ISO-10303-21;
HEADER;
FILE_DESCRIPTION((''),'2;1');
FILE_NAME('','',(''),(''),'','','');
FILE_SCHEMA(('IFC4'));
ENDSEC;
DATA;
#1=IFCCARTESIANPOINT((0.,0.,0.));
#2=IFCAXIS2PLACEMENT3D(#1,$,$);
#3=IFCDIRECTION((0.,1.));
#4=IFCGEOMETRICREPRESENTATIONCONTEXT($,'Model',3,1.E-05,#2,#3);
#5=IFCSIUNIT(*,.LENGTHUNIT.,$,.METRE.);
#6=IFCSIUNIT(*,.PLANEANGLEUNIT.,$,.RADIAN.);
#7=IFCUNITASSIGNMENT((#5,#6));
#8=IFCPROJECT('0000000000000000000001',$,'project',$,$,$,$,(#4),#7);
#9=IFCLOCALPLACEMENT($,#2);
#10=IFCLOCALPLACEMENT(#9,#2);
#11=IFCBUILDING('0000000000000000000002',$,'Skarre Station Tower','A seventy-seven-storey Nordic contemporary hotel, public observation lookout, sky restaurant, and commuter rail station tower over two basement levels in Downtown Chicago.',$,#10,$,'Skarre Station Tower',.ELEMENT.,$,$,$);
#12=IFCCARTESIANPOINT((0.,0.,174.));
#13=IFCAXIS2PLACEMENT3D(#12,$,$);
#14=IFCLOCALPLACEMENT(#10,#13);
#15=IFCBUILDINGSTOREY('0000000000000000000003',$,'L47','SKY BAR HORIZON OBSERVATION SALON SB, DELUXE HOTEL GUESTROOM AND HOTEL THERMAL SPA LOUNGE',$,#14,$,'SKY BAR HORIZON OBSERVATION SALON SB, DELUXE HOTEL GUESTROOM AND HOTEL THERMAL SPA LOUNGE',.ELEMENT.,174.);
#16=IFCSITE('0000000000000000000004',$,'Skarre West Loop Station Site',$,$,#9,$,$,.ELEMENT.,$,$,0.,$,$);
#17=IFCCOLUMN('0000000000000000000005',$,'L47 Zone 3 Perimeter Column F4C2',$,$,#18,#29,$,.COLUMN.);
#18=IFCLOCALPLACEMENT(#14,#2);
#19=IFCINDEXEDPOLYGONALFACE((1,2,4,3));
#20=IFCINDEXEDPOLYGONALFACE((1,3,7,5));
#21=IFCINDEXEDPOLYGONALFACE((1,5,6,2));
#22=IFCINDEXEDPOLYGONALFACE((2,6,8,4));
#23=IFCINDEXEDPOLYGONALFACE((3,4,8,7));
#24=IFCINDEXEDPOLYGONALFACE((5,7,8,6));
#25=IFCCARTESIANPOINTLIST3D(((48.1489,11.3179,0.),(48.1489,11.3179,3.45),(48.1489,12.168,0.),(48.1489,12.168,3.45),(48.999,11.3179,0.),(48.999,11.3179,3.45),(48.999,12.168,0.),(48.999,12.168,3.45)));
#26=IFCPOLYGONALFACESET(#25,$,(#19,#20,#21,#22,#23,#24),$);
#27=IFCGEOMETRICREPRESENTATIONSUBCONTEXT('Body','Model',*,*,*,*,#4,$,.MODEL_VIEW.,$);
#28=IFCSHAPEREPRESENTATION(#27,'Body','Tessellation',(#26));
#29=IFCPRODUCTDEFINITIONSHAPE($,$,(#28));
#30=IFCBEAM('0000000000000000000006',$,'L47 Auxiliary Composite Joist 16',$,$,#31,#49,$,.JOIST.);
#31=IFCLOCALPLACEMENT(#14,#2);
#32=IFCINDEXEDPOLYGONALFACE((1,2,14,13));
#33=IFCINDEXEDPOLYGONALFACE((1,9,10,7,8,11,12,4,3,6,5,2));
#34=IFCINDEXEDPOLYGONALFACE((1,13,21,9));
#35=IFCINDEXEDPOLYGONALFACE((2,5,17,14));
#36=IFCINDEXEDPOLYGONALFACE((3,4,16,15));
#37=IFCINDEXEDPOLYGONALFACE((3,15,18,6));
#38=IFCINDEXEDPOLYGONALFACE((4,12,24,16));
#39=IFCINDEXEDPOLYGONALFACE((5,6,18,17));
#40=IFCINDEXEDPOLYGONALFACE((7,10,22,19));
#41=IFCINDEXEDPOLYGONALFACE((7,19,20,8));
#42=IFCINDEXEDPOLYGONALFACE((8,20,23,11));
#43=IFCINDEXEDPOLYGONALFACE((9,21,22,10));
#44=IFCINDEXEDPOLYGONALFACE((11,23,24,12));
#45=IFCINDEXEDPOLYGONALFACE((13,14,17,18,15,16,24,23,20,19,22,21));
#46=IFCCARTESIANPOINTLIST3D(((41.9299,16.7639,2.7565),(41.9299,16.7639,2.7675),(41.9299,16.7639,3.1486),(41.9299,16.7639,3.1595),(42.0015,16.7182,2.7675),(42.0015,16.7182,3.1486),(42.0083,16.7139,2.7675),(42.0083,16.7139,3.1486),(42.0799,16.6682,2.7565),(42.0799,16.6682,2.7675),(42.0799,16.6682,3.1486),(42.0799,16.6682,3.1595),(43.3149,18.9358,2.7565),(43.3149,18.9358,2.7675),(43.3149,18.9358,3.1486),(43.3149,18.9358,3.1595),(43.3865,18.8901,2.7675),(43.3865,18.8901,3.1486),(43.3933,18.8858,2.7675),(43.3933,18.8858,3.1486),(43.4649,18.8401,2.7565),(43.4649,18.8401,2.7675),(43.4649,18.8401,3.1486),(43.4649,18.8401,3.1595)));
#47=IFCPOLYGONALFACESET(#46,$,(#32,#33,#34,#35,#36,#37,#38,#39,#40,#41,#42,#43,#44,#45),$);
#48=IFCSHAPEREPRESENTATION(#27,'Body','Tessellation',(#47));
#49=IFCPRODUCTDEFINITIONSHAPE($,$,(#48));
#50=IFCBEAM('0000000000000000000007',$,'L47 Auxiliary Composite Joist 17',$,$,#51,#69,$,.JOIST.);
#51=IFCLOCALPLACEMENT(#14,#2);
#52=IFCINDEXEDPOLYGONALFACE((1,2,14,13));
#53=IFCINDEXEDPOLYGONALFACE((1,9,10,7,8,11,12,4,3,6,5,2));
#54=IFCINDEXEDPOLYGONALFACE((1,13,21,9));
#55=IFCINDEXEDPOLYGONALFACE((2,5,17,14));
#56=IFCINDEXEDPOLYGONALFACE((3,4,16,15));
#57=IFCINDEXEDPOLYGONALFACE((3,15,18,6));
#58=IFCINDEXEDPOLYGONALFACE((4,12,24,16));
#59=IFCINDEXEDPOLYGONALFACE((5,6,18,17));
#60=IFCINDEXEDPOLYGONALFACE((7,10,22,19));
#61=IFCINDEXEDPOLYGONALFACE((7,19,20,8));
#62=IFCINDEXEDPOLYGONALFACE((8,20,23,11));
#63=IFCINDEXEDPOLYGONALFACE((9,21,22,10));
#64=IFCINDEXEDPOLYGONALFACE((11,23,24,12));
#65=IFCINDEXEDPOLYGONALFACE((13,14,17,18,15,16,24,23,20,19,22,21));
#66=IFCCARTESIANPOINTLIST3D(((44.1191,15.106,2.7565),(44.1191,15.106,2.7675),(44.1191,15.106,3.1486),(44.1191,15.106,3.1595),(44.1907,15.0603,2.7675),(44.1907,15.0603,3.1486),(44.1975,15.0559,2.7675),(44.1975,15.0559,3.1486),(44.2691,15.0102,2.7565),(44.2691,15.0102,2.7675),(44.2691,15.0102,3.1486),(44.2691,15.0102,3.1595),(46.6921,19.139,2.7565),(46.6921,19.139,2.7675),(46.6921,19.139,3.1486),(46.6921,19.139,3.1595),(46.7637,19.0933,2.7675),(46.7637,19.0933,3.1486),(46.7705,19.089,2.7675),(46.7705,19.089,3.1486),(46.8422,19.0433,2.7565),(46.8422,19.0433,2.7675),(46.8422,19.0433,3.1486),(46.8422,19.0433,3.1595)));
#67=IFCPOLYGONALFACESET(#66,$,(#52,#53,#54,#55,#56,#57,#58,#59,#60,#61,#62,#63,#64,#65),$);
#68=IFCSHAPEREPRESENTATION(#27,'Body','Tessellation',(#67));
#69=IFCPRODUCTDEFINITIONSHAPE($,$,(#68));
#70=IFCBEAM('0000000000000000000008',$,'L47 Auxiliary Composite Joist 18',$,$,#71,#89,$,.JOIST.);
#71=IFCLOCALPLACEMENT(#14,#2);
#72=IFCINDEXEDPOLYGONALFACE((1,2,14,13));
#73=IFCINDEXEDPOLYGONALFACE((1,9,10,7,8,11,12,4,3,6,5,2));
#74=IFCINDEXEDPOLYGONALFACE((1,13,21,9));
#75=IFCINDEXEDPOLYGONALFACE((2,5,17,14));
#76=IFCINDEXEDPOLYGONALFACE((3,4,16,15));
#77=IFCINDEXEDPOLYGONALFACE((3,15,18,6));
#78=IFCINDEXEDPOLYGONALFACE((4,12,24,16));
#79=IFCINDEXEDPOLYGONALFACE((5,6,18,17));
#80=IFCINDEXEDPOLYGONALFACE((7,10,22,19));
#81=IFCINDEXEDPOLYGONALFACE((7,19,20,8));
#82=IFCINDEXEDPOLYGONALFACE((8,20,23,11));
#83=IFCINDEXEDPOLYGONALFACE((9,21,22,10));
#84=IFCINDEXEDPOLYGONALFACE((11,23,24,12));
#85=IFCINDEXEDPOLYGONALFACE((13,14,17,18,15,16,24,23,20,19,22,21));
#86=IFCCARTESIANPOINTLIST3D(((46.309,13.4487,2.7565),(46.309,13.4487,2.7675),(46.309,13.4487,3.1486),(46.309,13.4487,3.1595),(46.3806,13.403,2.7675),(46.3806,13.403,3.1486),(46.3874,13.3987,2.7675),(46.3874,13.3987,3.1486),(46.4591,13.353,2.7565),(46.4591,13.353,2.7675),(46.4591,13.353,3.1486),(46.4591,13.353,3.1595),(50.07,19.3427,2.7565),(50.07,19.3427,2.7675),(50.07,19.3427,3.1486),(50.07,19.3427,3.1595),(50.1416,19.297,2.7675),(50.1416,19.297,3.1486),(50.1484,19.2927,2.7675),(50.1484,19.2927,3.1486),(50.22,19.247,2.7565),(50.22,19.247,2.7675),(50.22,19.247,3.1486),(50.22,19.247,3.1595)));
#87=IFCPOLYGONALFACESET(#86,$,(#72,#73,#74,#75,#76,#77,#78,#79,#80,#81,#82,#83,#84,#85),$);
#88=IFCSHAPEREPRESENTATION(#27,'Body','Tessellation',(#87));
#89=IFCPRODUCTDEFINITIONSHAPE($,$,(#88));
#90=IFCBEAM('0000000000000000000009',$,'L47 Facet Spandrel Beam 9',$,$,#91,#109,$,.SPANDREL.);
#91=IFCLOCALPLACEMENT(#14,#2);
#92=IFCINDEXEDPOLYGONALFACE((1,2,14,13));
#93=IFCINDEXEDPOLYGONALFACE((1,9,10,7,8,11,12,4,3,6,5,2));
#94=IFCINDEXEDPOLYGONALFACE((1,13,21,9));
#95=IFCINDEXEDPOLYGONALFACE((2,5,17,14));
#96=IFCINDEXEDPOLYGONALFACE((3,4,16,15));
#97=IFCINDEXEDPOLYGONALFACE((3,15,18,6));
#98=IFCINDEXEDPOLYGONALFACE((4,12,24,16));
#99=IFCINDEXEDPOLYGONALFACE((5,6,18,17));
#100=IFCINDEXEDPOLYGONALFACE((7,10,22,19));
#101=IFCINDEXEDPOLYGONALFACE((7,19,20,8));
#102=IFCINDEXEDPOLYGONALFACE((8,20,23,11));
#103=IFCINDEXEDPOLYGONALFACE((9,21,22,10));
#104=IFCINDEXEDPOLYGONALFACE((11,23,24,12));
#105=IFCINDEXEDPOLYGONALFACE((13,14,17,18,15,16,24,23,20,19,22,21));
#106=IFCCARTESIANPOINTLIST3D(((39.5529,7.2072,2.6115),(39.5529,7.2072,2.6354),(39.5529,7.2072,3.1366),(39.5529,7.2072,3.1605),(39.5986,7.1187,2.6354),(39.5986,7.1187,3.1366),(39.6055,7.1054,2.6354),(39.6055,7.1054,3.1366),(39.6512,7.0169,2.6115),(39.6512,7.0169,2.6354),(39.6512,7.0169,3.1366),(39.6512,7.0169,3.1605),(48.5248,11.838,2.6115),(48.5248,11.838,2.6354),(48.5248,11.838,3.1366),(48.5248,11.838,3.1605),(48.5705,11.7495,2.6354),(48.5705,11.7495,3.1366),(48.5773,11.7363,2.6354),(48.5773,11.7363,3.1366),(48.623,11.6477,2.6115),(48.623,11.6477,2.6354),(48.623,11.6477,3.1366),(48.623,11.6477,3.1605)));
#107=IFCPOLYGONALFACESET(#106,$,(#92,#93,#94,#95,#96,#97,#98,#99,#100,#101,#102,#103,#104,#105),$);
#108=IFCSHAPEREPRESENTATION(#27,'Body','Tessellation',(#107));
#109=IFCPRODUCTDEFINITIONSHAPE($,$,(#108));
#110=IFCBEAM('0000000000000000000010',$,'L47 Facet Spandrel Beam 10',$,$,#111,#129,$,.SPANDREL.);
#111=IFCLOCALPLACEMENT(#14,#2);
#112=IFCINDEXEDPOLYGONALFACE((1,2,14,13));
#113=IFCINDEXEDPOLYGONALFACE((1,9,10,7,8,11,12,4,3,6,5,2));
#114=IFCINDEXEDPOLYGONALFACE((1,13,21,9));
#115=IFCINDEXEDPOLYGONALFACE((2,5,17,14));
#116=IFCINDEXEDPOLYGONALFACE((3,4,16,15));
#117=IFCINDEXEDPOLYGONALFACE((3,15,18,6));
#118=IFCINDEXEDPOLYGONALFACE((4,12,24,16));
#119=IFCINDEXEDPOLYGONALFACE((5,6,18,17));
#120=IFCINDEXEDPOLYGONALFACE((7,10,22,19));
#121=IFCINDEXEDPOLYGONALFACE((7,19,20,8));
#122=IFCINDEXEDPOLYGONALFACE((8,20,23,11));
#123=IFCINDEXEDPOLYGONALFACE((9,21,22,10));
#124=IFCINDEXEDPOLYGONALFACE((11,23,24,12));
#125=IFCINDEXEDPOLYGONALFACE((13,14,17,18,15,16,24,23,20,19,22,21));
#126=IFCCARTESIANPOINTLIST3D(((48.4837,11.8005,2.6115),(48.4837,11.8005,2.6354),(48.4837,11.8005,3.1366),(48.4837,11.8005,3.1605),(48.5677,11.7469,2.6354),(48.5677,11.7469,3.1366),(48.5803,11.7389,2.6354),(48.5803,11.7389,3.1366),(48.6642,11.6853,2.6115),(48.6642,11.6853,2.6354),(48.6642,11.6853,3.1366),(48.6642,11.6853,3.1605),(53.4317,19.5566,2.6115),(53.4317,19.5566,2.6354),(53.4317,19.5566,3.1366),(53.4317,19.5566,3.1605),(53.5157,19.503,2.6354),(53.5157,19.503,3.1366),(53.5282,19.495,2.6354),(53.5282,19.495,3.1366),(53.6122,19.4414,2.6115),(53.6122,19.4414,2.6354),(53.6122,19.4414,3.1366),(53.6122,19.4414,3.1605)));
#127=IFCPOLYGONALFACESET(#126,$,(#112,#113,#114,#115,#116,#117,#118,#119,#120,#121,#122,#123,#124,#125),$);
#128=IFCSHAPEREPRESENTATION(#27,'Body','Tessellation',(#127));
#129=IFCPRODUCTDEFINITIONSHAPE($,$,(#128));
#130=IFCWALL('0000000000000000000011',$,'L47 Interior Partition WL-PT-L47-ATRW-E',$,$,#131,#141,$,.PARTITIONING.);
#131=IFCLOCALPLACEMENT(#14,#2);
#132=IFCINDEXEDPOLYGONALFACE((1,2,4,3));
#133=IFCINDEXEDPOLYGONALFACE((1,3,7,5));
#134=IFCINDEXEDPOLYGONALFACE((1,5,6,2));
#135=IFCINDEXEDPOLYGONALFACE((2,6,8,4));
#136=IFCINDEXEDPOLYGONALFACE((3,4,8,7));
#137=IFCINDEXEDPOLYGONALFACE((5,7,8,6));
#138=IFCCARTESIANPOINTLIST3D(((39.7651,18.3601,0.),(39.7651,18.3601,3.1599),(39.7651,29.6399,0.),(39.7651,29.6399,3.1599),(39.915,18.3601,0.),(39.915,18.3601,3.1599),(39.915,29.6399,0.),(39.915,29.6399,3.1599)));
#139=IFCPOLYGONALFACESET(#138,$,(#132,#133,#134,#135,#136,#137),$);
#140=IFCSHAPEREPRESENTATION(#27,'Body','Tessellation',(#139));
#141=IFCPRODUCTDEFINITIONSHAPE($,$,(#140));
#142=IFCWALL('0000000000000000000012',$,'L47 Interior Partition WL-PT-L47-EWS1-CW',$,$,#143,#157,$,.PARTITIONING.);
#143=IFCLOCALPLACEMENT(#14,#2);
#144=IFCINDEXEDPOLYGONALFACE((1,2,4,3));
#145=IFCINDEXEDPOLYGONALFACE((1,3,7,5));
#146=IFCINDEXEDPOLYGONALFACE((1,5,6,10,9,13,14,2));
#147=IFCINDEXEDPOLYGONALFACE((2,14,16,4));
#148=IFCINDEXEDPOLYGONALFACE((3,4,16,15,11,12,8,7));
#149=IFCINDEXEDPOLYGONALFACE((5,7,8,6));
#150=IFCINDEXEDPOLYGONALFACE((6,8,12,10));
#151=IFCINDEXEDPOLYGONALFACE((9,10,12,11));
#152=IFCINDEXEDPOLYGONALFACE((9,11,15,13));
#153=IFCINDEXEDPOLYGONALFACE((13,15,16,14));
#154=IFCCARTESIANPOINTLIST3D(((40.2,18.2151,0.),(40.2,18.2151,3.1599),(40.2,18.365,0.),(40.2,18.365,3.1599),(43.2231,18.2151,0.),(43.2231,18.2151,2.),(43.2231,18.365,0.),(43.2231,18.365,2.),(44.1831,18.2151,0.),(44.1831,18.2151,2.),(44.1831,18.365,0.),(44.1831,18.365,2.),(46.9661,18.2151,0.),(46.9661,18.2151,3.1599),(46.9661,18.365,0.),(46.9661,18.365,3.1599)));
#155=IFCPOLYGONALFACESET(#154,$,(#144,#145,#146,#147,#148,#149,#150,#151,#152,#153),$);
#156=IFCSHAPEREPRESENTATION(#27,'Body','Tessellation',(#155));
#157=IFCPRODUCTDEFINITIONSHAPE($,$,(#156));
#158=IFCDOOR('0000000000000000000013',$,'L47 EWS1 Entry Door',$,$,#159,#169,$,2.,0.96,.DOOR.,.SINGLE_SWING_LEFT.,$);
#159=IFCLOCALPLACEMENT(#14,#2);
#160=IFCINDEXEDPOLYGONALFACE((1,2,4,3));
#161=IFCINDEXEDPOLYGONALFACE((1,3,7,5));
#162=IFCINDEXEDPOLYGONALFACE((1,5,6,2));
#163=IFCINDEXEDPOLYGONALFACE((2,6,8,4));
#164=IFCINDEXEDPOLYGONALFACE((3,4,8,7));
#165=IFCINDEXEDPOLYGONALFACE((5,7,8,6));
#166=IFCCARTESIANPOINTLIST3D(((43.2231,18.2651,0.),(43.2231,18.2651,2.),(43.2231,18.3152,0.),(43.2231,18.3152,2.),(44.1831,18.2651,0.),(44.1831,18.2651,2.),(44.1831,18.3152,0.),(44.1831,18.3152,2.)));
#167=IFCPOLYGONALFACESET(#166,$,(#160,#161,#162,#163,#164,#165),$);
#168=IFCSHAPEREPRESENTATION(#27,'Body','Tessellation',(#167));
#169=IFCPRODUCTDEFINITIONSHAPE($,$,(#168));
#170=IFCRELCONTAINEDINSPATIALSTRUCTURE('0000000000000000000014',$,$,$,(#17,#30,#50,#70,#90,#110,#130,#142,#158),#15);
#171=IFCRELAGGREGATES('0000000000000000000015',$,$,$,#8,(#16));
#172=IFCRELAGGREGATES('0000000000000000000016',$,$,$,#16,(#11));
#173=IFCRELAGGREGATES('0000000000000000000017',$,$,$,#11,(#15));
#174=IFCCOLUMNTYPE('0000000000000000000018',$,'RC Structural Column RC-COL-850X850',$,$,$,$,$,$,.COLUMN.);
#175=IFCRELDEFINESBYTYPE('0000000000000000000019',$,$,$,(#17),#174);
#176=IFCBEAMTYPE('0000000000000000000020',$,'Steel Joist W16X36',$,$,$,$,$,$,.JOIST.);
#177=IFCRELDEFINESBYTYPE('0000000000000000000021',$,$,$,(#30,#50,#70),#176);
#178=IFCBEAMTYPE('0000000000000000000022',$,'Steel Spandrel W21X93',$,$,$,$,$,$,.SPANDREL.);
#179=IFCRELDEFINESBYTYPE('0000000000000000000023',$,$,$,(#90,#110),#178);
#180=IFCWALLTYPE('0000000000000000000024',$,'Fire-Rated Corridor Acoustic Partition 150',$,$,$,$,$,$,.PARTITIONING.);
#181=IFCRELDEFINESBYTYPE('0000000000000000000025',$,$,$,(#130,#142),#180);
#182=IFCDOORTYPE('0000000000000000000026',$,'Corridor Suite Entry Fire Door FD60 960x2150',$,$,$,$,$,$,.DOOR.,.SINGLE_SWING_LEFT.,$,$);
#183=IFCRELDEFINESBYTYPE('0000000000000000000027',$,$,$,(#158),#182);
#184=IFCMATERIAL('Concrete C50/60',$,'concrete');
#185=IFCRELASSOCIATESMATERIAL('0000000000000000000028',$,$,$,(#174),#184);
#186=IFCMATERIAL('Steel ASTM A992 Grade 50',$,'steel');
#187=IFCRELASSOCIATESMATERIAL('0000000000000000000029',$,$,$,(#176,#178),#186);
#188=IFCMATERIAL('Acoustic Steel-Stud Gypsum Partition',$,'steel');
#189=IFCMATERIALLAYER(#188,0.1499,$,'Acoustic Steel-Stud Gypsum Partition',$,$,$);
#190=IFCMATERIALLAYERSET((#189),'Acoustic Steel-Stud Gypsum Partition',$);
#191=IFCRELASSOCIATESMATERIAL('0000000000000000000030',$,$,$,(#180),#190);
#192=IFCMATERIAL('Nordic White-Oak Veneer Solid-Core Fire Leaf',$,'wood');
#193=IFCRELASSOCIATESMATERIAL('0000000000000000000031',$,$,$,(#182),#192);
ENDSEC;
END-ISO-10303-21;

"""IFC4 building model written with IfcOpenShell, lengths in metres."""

from ifc_helpers import new_model, si_unit, direction, frame, frame_2d, origin, origin_2d, place, context, subcontext, project, spatial, rectangle, i_section, extrude, material, layer, layer_set, material_profile, profile_set, type_object, element, fill, save


model = new_model("IFC4")

# Units and contexts
model_context = context("Model", 3, precision=1e-05, world=origin(), true_north=direction((0.0, 1.0)))
body_context = subcontext(model_context, "Body", "Model", "MODEL_VIEW")
ifc_project = project(units=[si_unit("LENGTHUNIT", "METRE"), si_unit("PLANEANGLEUNIT", "RADIAN")], contexts=[model_context])

# Site, building, storey
site_placement = place(None, origin())
site = spatial("IfcSite", under=ifc_project, at=site_placement, Name="Skarre West Loop Station Site", CompositionType="ELEMENT", RefElevation=0.0)
building_placement = place(site_placement, origin())
building = spatial("IfcBuilding", under=site, at=building_placement, Name="Skarre Station Tower", Description="A seventy-seven-storey Nordic contemporary hotel, public observation lookout, sky restaurant, and commuter rail station tower over two basement levels in Downtown Chicago.", LongName="Skarre Station Tower", CompositionType="ELEMENT")
storey_placement = place(building_placement, frame((0.0, 0.0, 174.0)))
storey = spatial("IfcBuildingStorey", under=building, at=storey_placement, Name="L47", Description="SKY BAR HORIZON OBSERVATION SALON SB, DELUXE HOTEL GUESTROOM AND HOTEL THERMAL SPA LOUNGE", LongName="SKY BAR HORIZON OBSERVATION SALON SB, DELUXE HOTEL GUESTROOM AND HOTEL THERMAL SPA LOUNGE", CompositionType="ELEMENT", Elevation=174.0)

# Column
ifc_material_1 = material(Name="Concrete C50/60", Category="concrete")
ifc_material_profile_1 = material_profile(ifc_material_1, rectangle(XDim=0.8501, YDim=0.8501, at=origin_2d()), Name="Concrete C50/60")
ifc_profile_set_1 = profile_set([ifc_material_profile_1], Name="Concrete C50/60")
column_type = type_object("IfcColumnType", Name="RC Structural Column RC-COL-850X850", PredefinedType="COLUMN", material=ifc_profile_set_1)
column_placement = place(storey_placement, frame((48.574, 11.7429, 0.0), z_axis=(0.0, 0.0, 1.0), x_axis=(1.0, 0.0, 0.0)))
element("IfcColumn", 1, at=column_placement, inside=storey, type_object=column_type, Name="L47 Zone 3 Perimeter Column F4C2", PredefinedType="COLUMN", context=body_context, shape_type="SweptSolid", body=[
    extrude(rectangle(XDim=0.8501, YDim=0.8501, at=origin_2d()), origin(), (0.0, 0.0, 1.0), 3.45),
])

# Beams
ifc_material_2 = material(Name="Steel ASTM A992 Grade 50", Category="steel")
ifc_material_profile_2 = material_profile(ifc_material_2, i_section(OverallWidth=0.178, OverallDepth=0.4031, WebThickness=0.0081, FlangeThickness=0.011, at=origin_2d()), Name="Steel ASTM A992 Grade 50")
ifc_profile_set_2 = profile_set([ifc_material_profile_2], Name="Steel ASTM A992 Grade 50")
beam_type_1 = type_object("IfcBeamType", Name="Steel Joist W16X36", PredefinedType="JOIST", material=ifc_profile_set_2)
beam_1_placement = place(storey_placement, frame((42.0049, 16.7161, 2.958), z_axis=(0.537679, 0.84315, 0.0), x_axis=(-0.84315, 0.537679, 0.0)))
element("IfcBeam", 2, at=beam_1_placement, inside=storey, type_object=beam_type_1, Name="L47 Auxiliary Composite Joist 16", PredefinedType="JOIST", context=body_context, shape_type="SweptSolid", body=[
    extrude(i_section(OverallWidth=0.178, OverallDepth=0.4031, WebThickness=0.0081, FlangeThickness=0.011, at=origin_2d()), origin(), (0.0, 0.0, 1.0), 2.5759),
])
beam_2_placement = place(storey_placement, frame((44.1941, 15.0581, 2.958), z_axis=(0.537853, 0.843039, 0.0), x_axis=(-0.843039, 0.537853, 0.0)))
element("IfcBeam", 3, at=beam_2_placement, inside=storey, type_object=beam_type_1, Name="L47 Auxiliary Composite Joist 17", PredefinedType="JOIST", context=body_context, shape_type="SweptSolid", body=[
    extrude(i_section(OverallWidth=0.178, OverallDepth=0.4031, WebThickness=0.0081, FlangeThickness=0.011, at=origin_2d()), origin(), (0.0, 0.0, 1.0), 4.7839),
])
beam_3_placement = place(storey_placement, frame((46.384, 13.4009, 2.958), z_axis=(0.537917, 0.842998, 0.0), x_axis=(-0.842998, 0.537917, 0.0)))
element("IfcBeam", 4, at=beam_3_placement, inside=storey, type_object=beam_type_1, Name="L47 Auxiliary Composite Joist 18", PredefinedType="JOIST", context=body_context, shape_type="SweptSolid", body=[
    extrude(i_section(OverallWidth=0.178, OverallDepth=0.4031, WebThickness=0.0081, FlangeThickness=0.011, at=origin_2d()), origin(), (0.0, 0.0, 1.0), 6.9917),
])
ifc_material_profile_3 = material_profile(ifc_material_2, i_section(OverallWidth=0.2141, OverallDepth=0.5491, WebThickness=0.0149, FlangeThickness=0.0239, at=origin_2d()), Name="Steel ASTM A992 Grade 50")
ifc_profile_set_3 = profile_set([ifc_material_profile_3], Name="Steel ASTM A992 Grade 50")
beam_type_2 = type_object("IfcBeamType", Name="Steel Spandrel W21X93", PredefinedType="SPANDREL", material=ifc_profile_set_3)
beam_4_placement = place(storey_placement, frame((39.6021, 7.1121, 2.886), z_axis=(0.888613, 0.458658, 0.0), x_axis=(-0.458658, 0.888613, 0.0)))
element("IfcBeam", 5, at=beam_4_placement, inside=storey, type_object=beam_type_2, Name="L47 Facet Spandrel Beam 9", PredefinedType="SPANDREL", context=body_context, shape_type="SweptSolid", body=[
    extrude(i_section(OverallWidth=0.2141, OverallDepth=0.5491, WebThickness=0.0149, FlangeThickness=0.0239, at=origin_2d()), origin(), (0.0, 0.0, 1.0), 10.0964),
])
beam_5_placement = place(storey_placement, frame((48.574, 11.7429, 2.886), z_axis=(0.537826, 0.843056, 0.0), x_axis=(-0.843056, 0.537826, 0.0)))
element("IfcBeam", 6, at=beam_5_placement, inside=storey, type_object=beam_type_2, Name="L47 Facet Spandrel Beam 10", PredefinedType="SPANDREL", context=body_context, shape_type="SweptSolid", body=[
    extrude(i_section(OverallWidth=0.2141, OverallDepth=0.5491, WebThickness=0.0149, FlangeThickness=0.0239, at=origin_2d()), origin(), (0.0, 0.0, 1.0), 9.2),
])

# Wall
ifc_material_3 = material(Name="Acoustic Steel-Stud Gypsum Partition", Category="steel")
ifc_layer_1 = layer(ifc_material_3, 0.1499, Name="Acoustic Steel-Stud Gypsum Partition")
ifc_layer_set_1 = layer_set([ifc_layer_1], Name="Acoustic Steel-Stud Gypsum Partition")
wall_type_1 = type_object("IfcWallType", Name="Fire-Rated Corridor Acoustic Partition 150", PredefinedType="PARTITIONING", material=ifc_layer_set_1)
wall_1_placement = place(storey_placement, frame((39.8401, 18.3601, 0.0), z_axis=(0.0, 0.0, 1.0), x_axis=(0.0, 1.0, 0.0)))
element("IfcWall", 7, at=wall_1_placement, inside=storey, type_object=wall_type_1, Name="L47 Interior Partition WL-PT-L47-ATRW-E", PredefinedType="PARTITIONING", context=body_context, shape_type="SweptSolid", body=[
    extrude(rectangle(XDim=11.2798, YDim=0.1499, at=frame_2d((5.6399, 0.0))), origin(), (0.0, 0.0, 1.0), 3.1599),
])

# Wall, opening, door
wall_2_placement = place(storey_placement, frame((46.9661, 18.29, 0.0), z_axis=(0.0, 0.0, 1.0), x_axis=(-1.0, 0.0, 0.0)))
wall_2 = element("IfcWall", 8, at=wall_2_placement, inside=storey, type_object=wall_type_1, Name="L47 Interior Partition WL-PT-L47-EWS1-CW", PredefinedType="PARTITIONING", context=body_context, shape_type="SweptSolid", body=[
    extrude(rectangle(XDim=6.7661, YDim=0.1499, at=frame_2d((3.3831, 0.0))), origin(), (0.0, 0.0, 1.0), 3.1599),
])
opening_1_placement = place(wall_2_placement, frame((2.783, 0.0, 0.0)))
opening_1 = element("IfcOpeningElement", 9, at=opening_1_placement, cuts=wall_2, PredefinedType="OPENING", context=body_context, shape_type="SweptSolid", body=[
    extrude(rectangle(XDim=0.96, YDim=2.0, at=frame_2d((0.48, 1.0))), frame((0.0, 0.085, 0.0), z_axis=(0.0, -1.0, 0.0), x_axis=(1.0, 0.0, 0.0)), (0.0, 0.0, 1.0), 0.1699),
])
ifc_material_4 = material(Name="Nordic White-Oak Veneer Solid-Core Fire Leaf", Category="wood")
door_type = type_object("IfcDoorType", Name="Corridor Suite Entry Fire Door FD60 960x2150", OperationType="SINGLE_SWING_LEFT", PredefinedType="DOOR", material=ifc_material_4)
door_1_placement = place(opening_1_placement, origin())
door_1 = element("IfcDoor", 10, at=door_1_placement, inside=storey, type_object=door_type, Name="L47 EWS1 Entry Door", OperationType="SINGLE_SWING_LEFT", OverallHeight=2.0, OverallWidth=0.96, PredefinedType="DOOR", context=body_context, shape_type="SweptSolid", body=[
    extrude(rectangle(XDim=0.96, YDim=2.0, at=frame_2d((0.48, 1.0))), frame((0.0, 0.0249, 0.0), z_axis=(0.0, -1.0, 0.0), x_axis=(1.0, 0.0, 0.0)), (0.0, 0.0, 1.0), 0.05),
])
fill(opening_1, door_1)

save(model, "model.ifc")
